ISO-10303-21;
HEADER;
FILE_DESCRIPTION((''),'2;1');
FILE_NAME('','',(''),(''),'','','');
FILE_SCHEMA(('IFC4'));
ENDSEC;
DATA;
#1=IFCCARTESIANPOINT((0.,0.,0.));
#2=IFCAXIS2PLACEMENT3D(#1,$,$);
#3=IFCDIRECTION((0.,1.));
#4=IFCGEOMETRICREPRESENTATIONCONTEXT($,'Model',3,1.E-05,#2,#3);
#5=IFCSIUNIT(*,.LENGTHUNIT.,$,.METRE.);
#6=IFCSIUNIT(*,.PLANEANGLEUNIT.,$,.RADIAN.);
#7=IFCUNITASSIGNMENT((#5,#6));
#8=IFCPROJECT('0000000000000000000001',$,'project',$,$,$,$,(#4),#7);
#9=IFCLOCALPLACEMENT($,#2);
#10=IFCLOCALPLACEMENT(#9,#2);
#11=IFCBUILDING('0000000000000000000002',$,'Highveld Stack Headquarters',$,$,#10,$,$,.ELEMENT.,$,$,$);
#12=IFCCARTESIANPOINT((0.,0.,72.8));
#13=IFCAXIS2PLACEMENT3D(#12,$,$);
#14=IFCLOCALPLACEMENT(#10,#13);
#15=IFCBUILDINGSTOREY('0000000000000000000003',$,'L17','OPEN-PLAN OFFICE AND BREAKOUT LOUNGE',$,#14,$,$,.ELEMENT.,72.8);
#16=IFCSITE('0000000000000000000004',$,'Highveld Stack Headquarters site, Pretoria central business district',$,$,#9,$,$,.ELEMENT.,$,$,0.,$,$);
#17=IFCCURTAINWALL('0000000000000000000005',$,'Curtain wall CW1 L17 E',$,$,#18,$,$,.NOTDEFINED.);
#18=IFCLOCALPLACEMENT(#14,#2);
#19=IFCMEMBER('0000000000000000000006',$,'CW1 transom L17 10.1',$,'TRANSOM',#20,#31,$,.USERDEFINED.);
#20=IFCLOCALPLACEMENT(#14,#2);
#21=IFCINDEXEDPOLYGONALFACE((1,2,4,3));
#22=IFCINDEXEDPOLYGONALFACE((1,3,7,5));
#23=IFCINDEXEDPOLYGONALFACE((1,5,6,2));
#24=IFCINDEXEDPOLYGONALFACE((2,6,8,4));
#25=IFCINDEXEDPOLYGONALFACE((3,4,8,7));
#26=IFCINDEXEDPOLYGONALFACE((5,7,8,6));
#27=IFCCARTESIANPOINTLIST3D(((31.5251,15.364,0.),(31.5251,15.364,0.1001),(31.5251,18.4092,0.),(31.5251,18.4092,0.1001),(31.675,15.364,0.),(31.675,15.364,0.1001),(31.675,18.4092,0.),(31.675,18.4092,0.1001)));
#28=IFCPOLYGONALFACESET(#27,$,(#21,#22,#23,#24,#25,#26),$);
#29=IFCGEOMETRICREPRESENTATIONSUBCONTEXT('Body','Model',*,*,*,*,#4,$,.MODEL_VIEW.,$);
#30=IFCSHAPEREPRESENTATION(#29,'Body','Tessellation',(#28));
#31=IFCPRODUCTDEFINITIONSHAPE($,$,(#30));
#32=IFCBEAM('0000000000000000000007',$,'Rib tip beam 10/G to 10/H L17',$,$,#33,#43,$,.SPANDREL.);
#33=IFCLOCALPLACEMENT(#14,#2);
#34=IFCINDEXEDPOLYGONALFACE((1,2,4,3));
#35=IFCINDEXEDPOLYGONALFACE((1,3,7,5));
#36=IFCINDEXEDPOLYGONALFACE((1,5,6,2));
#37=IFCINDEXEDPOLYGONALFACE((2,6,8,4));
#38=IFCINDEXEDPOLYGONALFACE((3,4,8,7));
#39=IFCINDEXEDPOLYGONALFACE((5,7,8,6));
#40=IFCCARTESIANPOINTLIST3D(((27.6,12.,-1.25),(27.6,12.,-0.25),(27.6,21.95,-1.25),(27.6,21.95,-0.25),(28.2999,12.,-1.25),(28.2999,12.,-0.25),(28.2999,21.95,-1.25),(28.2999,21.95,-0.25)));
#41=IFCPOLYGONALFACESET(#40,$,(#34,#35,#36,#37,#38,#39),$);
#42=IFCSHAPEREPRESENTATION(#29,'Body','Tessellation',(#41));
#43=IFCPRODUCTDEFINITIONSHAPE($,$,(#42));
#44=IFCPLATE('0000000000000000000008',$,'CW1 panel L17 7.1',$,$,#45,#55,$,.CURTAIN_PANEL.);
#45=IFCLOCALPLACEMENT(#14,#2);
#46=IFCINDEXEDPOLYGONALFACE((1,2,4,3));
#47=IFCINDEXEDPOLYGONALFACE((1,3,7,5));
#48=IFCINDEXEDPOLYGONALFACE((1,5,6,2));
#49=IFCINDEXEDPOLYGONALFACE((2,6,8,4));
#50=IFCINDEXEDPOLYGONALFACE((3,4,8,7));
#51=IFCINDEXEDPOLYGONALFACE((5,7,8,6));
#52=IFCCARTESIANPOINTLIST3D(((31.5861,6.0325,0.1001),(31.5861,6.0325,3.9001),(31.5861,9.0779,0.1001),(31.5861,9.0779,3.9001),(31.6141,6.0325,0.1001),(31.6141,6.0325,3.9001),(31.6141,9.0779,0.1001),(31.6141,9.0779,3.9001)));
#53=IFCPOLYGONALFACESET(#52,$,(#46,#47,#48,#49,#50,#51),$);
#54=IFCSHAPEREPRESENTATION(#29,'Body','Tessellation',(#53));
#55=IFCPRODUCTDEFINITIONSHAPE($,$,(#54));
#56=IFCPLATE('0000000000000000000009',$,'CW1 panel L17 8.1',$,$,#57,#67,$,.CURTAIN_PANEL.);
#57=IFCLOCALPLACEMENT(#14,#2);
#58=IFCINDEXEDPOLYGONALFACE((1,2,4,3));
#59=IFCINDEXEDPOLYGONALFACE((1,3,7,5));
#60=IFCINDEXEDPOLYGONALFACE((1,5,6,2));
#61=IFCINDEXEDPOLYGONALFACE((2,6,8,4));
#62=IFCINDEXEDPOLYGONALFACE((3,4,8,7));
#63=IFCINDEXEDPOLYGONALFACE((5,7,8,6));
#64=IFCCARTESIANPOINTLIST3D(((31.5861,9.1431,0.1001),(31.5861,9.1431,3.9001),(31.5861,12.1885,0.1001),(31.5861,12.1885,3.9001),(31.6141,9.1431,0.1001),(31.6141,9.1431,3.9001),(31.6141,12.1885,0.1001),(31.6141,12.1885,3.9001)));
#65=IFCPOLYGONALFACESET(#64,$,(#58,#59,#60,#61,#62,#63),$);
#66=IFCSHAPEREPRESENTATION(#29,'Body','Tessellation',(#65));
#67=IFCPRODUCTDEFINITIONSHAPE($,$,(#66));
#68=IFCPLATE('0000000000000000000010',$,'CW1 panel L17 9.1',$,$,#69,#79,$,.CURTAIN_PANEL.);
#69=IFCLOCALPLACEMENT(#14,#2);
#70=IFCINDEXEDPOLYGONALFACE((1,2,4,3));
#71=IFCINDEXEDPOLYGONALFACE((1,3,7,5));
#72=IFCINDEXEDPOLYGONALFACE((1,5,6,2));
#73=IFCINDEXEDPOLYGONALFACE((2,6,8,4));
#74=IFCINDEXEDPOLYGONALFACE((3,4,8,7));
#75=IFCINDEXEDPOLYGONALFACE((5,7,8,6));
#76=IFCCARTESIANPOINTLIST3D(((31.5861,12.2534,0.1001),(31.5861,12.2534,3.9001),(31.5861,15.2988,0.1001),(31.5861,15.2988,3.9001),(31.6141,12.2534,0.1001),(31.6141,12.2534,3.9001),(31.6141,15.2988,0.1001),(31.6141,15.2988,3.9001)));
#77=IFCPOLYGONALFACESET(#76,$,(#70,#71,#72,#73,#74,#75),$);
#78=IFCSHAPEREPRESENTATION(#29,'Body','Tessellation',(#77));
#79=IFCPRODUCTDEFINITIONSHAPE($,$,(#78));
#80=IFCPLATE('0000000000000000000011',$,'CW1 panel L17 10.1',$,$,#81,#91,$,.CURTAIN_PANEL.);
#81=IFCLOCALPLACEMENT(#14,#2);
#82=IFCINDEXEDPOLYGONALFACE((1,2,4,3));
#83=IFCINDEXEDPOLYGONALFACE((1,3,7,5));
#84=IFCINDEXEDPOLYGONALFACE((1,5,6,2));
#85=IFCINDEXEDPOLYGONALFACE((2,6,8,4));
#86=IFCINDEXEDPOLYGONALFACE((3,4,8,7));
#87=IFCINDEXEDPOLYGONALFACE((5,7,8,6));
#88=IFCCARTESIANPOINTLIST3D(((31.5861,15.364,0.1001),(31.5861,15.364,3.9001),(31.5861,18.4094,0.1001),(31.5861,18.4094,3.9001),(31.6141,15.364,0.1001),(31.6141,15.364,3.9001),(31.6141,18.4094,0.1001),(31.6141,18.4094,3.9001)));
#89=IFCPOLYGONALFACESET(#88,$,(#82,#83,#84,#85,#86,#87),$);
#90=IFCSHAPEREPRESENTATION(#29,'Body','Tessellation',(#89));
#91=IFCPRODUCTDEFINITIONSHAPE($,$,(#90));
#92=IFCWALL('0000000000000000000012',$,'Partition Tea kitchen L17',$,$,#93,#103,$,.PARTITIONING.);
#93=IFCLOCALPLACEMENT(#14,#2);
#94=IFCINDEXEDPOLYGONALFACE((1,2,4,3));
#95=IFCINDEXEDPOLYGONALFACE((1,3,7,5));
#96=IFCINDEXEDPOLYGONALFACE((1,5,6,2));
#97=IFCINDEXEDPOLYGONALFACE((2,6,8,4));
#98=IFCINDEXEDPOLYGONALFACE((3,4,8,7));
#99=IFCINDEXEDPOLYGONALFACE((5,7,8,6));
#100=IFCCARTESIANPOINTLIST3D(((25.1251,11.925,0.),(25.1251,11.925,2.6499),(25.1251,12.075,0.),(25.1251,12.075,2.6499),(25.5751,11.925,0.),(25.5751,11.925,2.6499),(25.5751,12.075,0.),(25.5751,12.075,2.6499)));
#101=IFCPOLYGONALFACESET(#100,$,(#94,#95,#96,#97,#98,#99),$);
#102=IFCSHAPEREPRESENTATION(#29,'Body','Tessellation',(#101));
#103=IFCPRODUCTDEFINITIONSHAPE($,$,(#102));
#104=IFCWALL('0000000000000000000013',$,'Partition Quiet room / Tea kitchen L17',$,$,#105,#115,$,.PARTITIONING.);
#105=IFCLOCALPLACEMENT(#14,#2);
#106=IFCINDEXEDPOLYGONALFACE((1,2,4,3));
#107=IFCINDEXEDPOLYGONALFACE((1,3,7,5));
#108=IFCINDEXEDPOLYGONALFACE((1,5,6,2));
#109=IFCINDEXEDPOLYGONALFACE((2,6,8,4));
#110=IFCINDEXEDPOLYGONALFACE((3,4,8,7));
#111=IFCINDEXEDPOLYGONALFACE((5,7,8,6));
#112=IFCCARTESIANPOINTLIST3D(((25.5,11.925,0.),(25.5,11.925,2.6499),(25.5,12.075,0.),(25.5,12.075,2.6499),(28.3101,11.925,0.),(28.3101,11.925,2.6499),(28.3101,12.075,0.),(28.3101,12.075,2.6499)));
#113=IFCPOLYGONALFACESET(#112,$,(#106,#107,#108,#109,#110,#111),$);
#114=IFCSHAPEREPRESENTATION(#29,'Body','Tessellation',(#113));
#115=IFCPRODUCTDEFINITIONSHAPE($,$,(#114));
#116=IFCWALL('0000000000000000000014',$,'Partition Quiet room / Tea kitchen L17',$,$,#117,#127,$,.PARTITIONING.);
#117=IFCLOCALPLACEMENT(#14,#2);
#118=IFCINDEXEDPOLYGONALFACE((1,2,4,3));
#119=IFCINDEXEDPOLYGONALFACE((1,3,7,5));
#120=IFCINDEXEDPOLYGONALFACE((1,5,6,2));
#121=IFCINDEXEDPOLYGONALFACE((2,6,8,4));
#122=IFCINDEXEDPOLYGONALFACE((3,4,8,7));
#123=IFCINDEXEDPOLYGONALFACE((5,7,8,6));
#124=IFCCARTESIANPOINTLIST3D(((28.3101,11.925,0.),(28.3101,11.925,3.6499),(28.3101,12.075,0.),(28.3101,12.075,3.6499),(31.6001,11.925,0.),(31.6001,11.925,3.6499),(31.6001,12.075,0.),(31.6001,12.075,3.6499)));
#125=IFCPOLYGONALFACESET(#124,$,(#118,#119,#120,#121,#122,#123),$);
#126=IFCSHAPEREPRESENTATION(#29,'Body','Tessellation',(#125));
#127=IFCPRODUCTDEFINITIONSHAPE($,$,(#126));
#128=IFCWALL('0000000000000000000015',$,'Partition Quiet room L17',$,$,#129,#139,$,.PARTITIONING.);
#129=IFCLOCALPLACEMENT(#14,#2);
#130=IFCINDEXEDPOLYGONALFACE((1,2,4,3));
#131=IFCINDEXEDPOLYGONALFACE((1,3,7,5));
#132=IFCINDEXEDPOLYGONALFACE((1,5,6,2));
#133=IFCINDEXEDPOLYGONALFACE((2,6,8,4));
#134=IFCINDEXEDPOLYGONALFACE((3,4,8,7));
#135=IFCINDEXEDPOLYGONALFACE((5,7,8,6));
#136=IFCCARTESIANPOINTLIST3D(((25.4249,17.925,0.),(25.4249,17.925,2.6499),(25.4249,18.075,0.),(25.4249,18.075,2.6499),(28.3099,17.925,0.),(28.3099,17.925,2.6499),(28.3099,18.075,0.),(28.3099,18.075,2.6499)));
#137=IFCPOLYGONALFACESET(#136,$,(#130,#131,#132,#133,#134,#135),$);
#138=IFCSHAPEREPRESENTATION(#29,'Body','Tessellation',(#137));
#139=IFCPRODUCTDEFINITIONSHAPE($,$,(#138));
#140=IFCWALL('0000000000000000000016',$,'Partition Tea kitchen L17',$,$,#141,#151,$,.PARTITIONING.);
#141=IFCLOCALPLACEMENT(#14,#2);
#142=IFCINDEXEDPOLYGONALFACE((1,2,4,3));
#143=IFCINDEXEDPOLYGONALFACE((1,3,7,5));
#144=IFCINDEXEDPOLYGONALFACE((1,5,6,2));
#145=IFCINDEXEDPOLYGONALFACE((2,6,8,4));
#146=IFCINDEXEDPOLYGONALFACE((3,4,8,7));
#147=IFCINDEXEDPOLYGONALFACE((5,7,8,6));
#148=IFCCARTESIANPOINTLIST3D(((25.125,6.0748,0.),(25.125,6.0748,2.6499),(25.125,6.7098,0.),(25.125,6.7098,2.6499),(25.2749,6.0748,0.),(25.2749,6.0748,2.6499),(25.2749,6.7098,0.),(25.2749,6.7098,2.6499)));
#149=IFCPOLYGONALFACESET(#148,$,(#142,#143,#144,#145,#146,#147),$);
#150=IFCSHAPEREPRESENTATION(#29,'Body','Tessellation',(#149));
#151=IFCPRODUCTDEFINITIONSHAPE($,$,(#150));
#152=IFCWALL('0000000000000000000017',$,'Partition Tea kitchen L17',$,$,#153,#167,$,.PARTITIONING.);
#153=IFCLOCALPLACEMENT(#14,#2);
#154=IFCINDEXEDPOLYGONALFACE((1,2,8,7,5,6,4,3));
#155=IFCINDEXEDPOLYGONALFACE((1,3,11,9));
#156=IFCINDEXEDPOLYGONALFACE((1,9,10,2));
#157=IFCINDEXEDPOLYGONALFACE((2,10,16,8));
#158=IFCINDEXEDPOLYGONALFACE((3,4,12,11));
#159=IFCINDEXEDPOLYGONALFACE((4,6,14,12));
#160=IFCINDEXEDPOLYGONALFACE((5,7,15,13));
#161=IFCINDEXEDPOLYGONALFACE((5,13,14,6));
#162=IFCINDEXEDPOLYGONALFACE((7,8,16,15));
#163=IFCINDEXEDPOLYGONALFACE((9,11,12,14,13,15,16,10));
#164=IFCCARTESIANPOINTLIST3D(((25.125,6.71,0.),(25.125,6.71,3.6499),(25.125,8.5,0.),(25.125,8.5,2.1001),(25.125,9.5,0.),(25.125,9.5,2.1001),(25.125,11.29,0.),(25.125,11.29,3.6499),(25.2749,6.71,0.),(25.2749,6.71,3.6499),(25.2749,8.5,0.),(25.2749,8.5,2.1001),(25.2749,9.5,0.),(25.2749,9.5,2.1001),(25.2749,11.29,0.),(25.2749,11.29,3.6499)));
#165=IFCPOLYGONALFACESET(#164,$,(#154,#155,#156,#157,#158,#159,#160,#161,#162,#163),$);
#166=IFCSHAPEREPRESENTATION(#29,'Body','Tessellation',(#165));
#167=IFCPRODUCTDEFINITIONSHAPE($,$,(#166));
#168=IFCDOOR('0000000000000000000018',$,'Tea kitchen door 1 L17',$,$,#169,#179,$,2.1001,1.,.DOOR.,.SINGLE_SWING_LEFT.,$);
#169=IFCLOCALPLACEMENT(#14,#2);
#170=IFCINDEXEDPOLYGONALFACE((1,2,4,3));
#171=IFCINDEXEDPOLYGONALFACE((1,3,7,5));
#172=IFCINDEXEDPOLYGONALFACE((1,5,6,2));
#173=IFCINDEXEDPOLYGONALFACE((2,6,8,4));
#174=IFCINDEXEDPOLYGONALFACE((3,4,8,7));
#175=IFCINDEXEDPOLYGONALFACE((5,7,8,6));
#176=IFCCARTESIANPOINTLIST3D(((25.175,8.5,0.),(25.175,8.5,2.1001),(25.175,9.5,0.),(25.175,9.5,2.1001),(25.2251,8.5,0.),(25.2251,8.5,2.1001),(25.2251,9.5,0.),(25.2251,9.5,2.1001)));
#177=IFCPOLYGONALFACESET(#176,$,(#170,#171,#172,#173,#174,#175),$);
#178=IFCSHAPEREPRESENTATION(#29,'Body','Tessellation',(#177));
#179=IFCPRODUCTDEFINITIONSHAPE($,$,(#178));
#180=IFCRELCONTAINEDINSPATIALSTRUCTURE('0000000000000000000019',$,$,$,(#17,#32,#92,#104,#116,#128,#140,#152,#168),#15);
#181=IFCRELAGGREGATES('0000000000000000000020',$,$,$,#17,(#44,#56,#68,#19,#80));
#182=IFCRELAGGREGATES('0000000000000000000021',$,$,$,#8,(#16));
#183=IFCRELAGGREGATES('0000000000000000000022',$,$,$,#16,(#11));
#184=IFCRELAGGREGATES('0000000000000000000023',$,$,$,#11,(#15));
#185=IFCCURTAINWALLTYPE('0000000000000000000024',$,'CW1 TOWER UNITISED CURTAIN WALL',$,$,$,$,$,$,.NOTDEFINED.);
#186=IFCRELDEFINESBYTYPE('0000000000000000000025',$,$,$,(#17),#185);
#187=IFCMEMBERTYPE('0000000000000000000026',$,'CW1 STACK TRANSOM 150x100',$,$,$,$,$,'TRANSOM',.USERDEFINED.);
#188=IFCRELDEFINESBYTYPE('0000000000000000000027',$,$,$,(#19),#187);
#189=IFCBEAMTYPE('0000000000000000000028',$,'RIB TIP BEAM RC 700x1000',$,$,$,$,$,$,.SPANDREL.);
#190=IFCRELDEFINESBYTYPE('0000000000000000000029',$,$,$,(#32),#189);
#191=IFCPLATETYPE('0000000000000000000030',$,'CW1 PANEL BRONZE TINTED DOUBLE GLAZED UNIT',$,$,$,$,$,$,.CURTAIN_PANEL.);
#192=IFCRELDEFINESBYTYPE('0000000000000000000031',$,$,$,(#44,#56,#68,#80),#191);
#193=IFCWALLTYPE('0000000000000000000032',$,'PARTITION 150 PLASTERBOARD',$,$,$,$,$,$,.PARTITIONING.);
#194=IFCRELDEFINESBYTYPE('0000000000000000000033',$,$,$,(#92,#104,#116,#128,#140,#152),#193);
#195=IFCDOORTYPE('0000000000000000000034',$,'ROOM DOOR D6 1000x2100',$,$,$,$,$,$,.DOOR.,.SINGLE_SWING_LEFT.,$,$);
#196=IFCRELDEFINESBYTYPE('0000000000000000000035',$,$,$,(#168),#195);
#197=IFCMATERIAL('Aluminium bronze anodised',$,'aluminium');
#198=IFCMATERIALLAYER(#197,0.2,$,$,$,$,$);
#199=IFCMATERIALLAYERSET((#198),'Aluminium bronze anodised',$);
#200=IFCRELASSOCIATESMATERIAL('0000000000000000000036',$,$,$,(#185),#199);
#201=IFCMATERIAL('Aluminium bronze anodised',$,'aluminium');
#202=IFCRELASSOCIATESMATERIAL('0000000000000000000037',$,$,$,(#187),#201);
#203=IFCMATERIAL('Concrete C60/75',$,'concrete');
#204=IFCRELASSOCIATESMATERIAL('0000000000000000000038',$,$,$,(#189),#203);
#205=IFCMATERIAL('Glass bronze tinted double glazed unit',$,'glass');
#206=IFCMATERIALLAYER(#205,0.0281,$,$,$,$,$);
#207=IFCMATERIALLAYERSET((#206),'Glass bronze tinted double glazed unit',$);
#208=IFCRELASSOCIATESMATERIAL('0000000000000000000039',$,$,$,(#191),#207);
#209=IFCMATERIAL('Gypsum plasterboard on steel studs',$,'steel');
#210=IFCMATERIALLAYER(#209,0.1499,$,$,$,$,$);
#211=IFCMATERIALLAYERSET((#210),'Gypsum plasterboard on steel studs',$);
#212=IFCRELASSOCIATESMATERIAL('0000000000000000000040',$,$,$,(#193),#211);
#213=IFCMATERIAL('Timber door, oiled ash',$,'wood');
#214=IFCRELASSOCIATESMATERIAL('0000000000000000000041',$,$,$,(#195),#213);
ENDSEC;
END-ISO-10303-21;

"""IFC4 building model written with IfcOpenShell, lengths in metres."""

from ifc_helpers import new_model, si_unit, direction, frame, frame_2d, origin, origin_2d, place, context, subcontext, project, spatial, rectangle, extrude, material, layer, layer_set, material_profile, profile_set, type_object, element, fill, aggregate, save


model = new_model("IFC4")

# Units and contexts
model_context = context("Model", 3, precision=1e-05, world=origin(), true_north=direction((0.0, 1.0)))
body_context = subcontext(model_context, "Body", "Model", "MODEL_VIEW")
ifc_project = project(units=[si_unit("LENGTHUNIT", "METRE"), si_unit("PLANEANGLEUNIT", "RADIAN")], contexts=[model_context])

# Site, building, storey
site_placement = place(None, origin())
site = spatial("IfcSite", under=ifc_project, at=site_placement, Name="Highveld Stack Headquarters site, Pretoria central business district", CompositionType="ELEMENT", RefElevation=0.0)
building_placement = place(site_placement, origin())
building = spatial("IfcBuilding", under=site, at=building_placement, Name="Highveld Stack Headquarters", CompositionType="ELEMENT")
storey_placement = place(building_placement, frame((0.0, 0.0, 72.8)))
storey = spatial("IfcBuildingStorey", under=building, at=storey_placement, Name="L17", Description="OPEN-PLAN OFFICE AND BREAKOUT LOUNGE", CompositionType="ELEMENT", Elevation=72.8)

# Curtain wall, member
ifc_material_1 = material(Name="Aluminium bronze anodised", Category="aluminium")
ifc_layer_1 = layer(ifc_material_1, 0.2)
ifc_layer_set_1 = layer_set([ifc_layer_1], Name="Aluminium bronze anodised")
curtain_wall_type = type_object("IfcCurtainWallType", Name="CW1 TOWER UNITISED CURTAIN WALL", PredefinedType="NOTDEFINED", material=ifc_layer_set_1)
curtain_wall_placement = place(storey_placement, origin())
curtain_wall = element("IfcCurtainWall", 1, at=curtain_wall_placement, inside=storey, type_object=curtain_wall_type, Name="Curtain wall CW1 L17 E", PredefinedType="NOTDEFINED")
ifc_material_2 = material(Name="Aluminium bronze anodised", Category="aluminium")
ifc_material_profile_1 = material_profile(ifc_material_2, rectangle(XDim=0.1499, YDim=0.1001, at=origin_2d()), Name="CW1 TRANSOM 150x100")
ifc_profile_set_1 = profile_set([ifc_material_profile_1], Name="Aluminium bronze anodised")
member_type_1 = type_object("IfcMemberType", Name="CW1 STACK TRANSOM 150x100", ElementType="TRANSOM", PredefinedType="USERDEFINED", material=ifc_profile_set_1)
member_1_placement = place(storey_placement, frame((31.6001, 15.364, 0.05), z_axis=(0.0, 1.0, 0.0), x_axis=(-1.0, 0.0, 0.0)))
member_1 = element("IfcMember", 2, at=member_1_placement, type_object=member_type_1, Name="CW1 transom L17 10.1", ObjectType="TRANSOM", PredefinedType="USERDEFINED", context=body_context, shape_type="SweptSolid", body=[
    extrude(rectangle(XDim=0.1499, YDim=0.1001, at=origin_2d()), origin(), (0.0, 0.0, 1.0), 3.0452),
])

# Beam
ifc_material_3 = material(Name="Concrete C60/75", Category="concrete")
ifc_material_profile_2 = material_profile(ifc_material_3, rectangle(XDim=0.7, YDim=1.0, at=origin_2d()), Name="RC 700x1000")
ifc_profile_set_2 = profile_set([ifc_material_profile_2], Name="Concrete C60/75")
beam_type_1 = type_object("IfcBeamType", Name="RIB TIP BEAM RC 700x1000", PredefinedType="SPANDREL", material=ifc_profile_set_2)
beam_1_placement = place(storey_placement, frame((27.95, 12.0, -0.75), z_axis=(0.0, 1.0, 0.0), x_axis=(-1.0, 0.0, 0.0)))
element("IfcBeam", 3, at=beam_1_placement, inside=storey, type_object=beam_type_1, Name="Rib tip beam 10/G to 10/H L17", PredefinedType="SPANDREL", context=body_context, shape_type="SweptSolid", body=[
    extrude(rectangle(XDim=0.7, YDim=1.0, at=origin_2d()), origin(), (0.0, 0.0, 1.0), 9.95),
])

# Plates
ifc_material_4 = material(Name="Glass bronze tinted double glazed unit", Category="glass")
ifc_layer_2 = layer(ifc_material_4, 0.0281)
ifc_layer_set_2 = layer_set([ifc_layer_2], Name="Glass bronze tinted double glazed unit")
plate_type = type_object("IfcPlateType", Name="CW1 PANEL BRONZE TINTED DOUBLE GLAZED UNIT", PredefinedType="CURTAIN_PANEL", material=ifc_layer_set_2)
plate_1_placement = place(storey_placement, frame((31.6001, 7.5552, 0.1001), z_axis=(0.0, 0.0, 1.0), x_axis=(0.0, 1.0, 0.0)))
plate_1 = element("IfcPlate", 4, at=plate_1_placement, type_object=plate_type, Name="CW1 panel L17 7.1", PredefinedType="CURTAIN_PANEL", context=body_context, shape_type="SweptSolid", body=[
    extrude(rectangle(XDim=3.0454, YDim=0.0281, at=origin_2d()), origin(), (0.0, 0.0, 1.0), 3.8),
])
plate_2_placement = place(storey_placement, frame((31.6001, 10.6658, 0.1001), z_axis=(0.0, 0.0, 1.0), x_axis=(0.0, 1.0, 0.0)))
plate_2 = element("IfcPlate", 5, at=plate_2_placement, type_object=plate_type, Name="CW1 panel L17 8.1", PredefinedType="CURTAIN_PANEL", context=body_context, shape_type="SweptSolid", body=[
    extrude(rectangle(XDim=3.0454, YDim=0.0281, at=origin_2d()), origin(), (0.0, 0.0, 1.0), 3.8),
])
plate_3_placement = place(storey_placement, frame((31.6001, 13.7761, 0.1001), z_axis=(0.0, 0.0, 1.0), x_axis=(0.0, 1.0, 0.0)))
plate_3 = element("IfcPlate", 6, at=plate_3_placement, type_object=plate_type, Name="CW1 panel L17 9.1", PredefinedType="CURTAIN_PANEL", context=body_context, shape_type="SweptSolid", body=[
    extrude(rectangle(XDim=3.0454, YDim=0.0281, at=origin_2d()), origin(), (0.0, 0.0, 1.0), 3.8),
])
plate_4_placement = place(storey_placement, frame((31.6001, 16.8867, 0.1001), z_axis=(0.0, 0.0, 1.0), x_axis=(0.0, 1.0, 0.0)))
plate_4 = element("IfcPlate", 7, at=plate_4_placement, type_object=plate_type, Name="CW1 panel L17 10.1", PredefinedType="CURTAIN_PANEL", context=body_context, shape_type="SweptSolid", body=[
    extrude(rectangle(XDim=3.0454, YDim=0.0281, at=origin_2d()), origin(), (0.0, 0.0, 1.0), 3.8),
])
aggregate(curtain_wall, [plate_1, plate_2, plate_3, member_1, plate_4])

# Walls
ifc_material_5 = material(Name="Gypsum plasterboard on steel studs", Category="steel")
ifc_layer_3 = layer(ifc_material_5, 0.1499)
ifc_layer_set_3 = layer_set([ifc_layer_3], Name="Gypsum plasterboard on steel studs")
wall_type = type_object("IfcWallType", Name="PARTITION 150 PLASTERBOARD", PredefinedType="PARTITIONING", material=ifc_layer_set_3)
wall_1_placement = place(storey_placement, frame((25.125, 12.0, 0.0), z_axis=(0.0, 0.0, 1.0), x_axis=(1.0, 0.0, 0.0)))
element("IfcWall", 8, at=wall_1_placement, inside=storey, type_object=wall_type, Name="Partition Tea kitchen L17", PredefinedType="PARTITIONING", context=body_context, shape_type="SweptSolid", body=[
    extrude(rectangle(XDim=0.45, YDim=0.1499, at=frame_2d((0.2251, 0.0))), origin(), (0.0, 0.0, 1.0), 2.6499),
])
wall_2_placement = place(storey_placement, frame((25.5, 12.0, 0.0), z_axis=(0.0, 0.0, 1.0), x_axis=(1.0, 0.0, 0.0)))
element("IfcWall", 9, at=wall_2_placement, inside=storey, type_object=wall_type, Name="Partition Quiet room / Tea kitchen L17", PredefinedType="PARTITIONING", context=body_context, shape_type="SweptSolid", body=[
    extrude(rectangle(XDim=2.8101, YDim=0.1499, at=frame_2d((1.405, 0.0))), origin(), (0.0, 0.0, 1.0), 2.6499),
])
wall_3_placement = place(storey_placement, frame((28.3101, 12.0, 0.0), z_axis=(0.0, 0.0, 1.0), x_axis=(1.0, 0.0, 0.0)))
element("IfcWall", 10, at=wall_3_placement, inside=storey, type_object=wall_type, Name="Partition Quiet room / Tea kitchen L17", PredefinedType="PARTITIONING", context=body_context, shape_type="SweptSolid", body=[
    extrude(rectangle(XDim=3.29, YDim=0.1499, at=frame_2d((1.645, 0.0))), origin(), (0.0, 0.0, 1.0), 3.6499),
])
wall_4_placement = place(storey_placement, frame((25.425, 18.0, 0.0), z_axis=(0.0, 0.0, 1.0), x_axis=(1.0, 0.0, 0.0)))
element("IfcWall", 11, at=wall_4_placement, inside=storey, type_object=wall_type, Name="Partition Quiet room L17", PredefinedType="PARTITIONING", context=body_context, shape_type="SweptSolid", body=[
    extrude(rectangle(XDim=2.885, YDim=0.1499, at=frame_2d((1.4424, 0.0))), origin(), (0.0, 0.0, 1.0), 2.6499),
])
wall_5_placement = place(storey_placement, frame((25.2, 6.075, 0.0), z_axis=(0.0, 0.0, 1.0), x_axis=(0.0, 1.0, 0.0)))
element("IfcWall", 12, at=wall_5_placement, inside=storey, type_object=wall_type, Name="Partition Tea kitchen L17", PredefinedType="PARTITIONING", context=body_context, shape_type="SweptSolid", body=[
    extrude(rectangle(XDim=0.635, YDim=0.1499, at=frame_2d((0.3174, 0.0))), origin(), (0.0, 0.0, 1.0), 2.6499),
])

# Wall, opening, door
wall_6_placement = place(storey_placement, frame((25.2, 6.71, 0.0), z_axis=(0.0, 0.0, 1.0), x_axis=(0.0, 1.0, 0.0)))
wall_6 = element("IfcWall", 13, at=wall_6_placement, inside=storey, type_object=wall_type, Name="Partition Tea kitchen L17", PredefinedType="PARTITIONING", context=body_context, shape_type="SweptSolid", body=[
    extrude(rectangle(XDim=4.5801, YDim=0.1499, at=frame_2d((2.29, 0.0))), origin(), (0.0, 0.0, 1.0), 3.6499),
])
opening_1_placement = place(wall_6_placement, frame((1.79, 0.0, 0.0)))
opening_1 = element("IfcOpeningElement", 14, at=opening_1_placement, cuts=wall_6, PredefinedType="OPENING", context=body_context, shape_type="SweptSolid", body=[
    extrude(rectangle(XDim=1.0, YDim=2.1001, at=frame_2d((0.5, 1.05))), frame((0.0, 0.085, 0.0), z_axis=(0.0, -1.0, 0.0), x_axis=(1.0, 0.0, 0.0)), (0.0, 0.0, 1.0), 0.1699),
])
ifc_material_6 = material(Name="Timber door, oiled ash", Category="wood")
door_type = type_object("IfcDoorType", Name="ROOM DOOR D6 1000x2100", OperationType="SINGLE_SWING_LEFT", PredefinedType="DOOR", material=ifc_material_6)
door_1_placement = place(opening_1_placement, origin())
door_1 = element("IfcDoor", 15, at=door_1_placement, inside=storey, type_object=door_type, Name="Tea kitchen door 1 L17", OperationType="SINGLE_SWING_LEFT", OverallHeight=2.1001, OverallWidth=1.0, PredefinedType="DOOR", context=body_context, shape_type="SweptSolid", body=[
    extrude(rectangle(XDim=1.0, YDim=2.1001, at=frame_2d((0.5, 1.05))), frame((0.0, 0.0249, 0.0), z_axis=(0.0, -1.0, 0.0), x_axis=(1.0, 0.0, 0.0)), (0.0, 0.0, 1.0), 0.05),
])
fill(opening_1, door_1)

save(model, "model.ifc")
